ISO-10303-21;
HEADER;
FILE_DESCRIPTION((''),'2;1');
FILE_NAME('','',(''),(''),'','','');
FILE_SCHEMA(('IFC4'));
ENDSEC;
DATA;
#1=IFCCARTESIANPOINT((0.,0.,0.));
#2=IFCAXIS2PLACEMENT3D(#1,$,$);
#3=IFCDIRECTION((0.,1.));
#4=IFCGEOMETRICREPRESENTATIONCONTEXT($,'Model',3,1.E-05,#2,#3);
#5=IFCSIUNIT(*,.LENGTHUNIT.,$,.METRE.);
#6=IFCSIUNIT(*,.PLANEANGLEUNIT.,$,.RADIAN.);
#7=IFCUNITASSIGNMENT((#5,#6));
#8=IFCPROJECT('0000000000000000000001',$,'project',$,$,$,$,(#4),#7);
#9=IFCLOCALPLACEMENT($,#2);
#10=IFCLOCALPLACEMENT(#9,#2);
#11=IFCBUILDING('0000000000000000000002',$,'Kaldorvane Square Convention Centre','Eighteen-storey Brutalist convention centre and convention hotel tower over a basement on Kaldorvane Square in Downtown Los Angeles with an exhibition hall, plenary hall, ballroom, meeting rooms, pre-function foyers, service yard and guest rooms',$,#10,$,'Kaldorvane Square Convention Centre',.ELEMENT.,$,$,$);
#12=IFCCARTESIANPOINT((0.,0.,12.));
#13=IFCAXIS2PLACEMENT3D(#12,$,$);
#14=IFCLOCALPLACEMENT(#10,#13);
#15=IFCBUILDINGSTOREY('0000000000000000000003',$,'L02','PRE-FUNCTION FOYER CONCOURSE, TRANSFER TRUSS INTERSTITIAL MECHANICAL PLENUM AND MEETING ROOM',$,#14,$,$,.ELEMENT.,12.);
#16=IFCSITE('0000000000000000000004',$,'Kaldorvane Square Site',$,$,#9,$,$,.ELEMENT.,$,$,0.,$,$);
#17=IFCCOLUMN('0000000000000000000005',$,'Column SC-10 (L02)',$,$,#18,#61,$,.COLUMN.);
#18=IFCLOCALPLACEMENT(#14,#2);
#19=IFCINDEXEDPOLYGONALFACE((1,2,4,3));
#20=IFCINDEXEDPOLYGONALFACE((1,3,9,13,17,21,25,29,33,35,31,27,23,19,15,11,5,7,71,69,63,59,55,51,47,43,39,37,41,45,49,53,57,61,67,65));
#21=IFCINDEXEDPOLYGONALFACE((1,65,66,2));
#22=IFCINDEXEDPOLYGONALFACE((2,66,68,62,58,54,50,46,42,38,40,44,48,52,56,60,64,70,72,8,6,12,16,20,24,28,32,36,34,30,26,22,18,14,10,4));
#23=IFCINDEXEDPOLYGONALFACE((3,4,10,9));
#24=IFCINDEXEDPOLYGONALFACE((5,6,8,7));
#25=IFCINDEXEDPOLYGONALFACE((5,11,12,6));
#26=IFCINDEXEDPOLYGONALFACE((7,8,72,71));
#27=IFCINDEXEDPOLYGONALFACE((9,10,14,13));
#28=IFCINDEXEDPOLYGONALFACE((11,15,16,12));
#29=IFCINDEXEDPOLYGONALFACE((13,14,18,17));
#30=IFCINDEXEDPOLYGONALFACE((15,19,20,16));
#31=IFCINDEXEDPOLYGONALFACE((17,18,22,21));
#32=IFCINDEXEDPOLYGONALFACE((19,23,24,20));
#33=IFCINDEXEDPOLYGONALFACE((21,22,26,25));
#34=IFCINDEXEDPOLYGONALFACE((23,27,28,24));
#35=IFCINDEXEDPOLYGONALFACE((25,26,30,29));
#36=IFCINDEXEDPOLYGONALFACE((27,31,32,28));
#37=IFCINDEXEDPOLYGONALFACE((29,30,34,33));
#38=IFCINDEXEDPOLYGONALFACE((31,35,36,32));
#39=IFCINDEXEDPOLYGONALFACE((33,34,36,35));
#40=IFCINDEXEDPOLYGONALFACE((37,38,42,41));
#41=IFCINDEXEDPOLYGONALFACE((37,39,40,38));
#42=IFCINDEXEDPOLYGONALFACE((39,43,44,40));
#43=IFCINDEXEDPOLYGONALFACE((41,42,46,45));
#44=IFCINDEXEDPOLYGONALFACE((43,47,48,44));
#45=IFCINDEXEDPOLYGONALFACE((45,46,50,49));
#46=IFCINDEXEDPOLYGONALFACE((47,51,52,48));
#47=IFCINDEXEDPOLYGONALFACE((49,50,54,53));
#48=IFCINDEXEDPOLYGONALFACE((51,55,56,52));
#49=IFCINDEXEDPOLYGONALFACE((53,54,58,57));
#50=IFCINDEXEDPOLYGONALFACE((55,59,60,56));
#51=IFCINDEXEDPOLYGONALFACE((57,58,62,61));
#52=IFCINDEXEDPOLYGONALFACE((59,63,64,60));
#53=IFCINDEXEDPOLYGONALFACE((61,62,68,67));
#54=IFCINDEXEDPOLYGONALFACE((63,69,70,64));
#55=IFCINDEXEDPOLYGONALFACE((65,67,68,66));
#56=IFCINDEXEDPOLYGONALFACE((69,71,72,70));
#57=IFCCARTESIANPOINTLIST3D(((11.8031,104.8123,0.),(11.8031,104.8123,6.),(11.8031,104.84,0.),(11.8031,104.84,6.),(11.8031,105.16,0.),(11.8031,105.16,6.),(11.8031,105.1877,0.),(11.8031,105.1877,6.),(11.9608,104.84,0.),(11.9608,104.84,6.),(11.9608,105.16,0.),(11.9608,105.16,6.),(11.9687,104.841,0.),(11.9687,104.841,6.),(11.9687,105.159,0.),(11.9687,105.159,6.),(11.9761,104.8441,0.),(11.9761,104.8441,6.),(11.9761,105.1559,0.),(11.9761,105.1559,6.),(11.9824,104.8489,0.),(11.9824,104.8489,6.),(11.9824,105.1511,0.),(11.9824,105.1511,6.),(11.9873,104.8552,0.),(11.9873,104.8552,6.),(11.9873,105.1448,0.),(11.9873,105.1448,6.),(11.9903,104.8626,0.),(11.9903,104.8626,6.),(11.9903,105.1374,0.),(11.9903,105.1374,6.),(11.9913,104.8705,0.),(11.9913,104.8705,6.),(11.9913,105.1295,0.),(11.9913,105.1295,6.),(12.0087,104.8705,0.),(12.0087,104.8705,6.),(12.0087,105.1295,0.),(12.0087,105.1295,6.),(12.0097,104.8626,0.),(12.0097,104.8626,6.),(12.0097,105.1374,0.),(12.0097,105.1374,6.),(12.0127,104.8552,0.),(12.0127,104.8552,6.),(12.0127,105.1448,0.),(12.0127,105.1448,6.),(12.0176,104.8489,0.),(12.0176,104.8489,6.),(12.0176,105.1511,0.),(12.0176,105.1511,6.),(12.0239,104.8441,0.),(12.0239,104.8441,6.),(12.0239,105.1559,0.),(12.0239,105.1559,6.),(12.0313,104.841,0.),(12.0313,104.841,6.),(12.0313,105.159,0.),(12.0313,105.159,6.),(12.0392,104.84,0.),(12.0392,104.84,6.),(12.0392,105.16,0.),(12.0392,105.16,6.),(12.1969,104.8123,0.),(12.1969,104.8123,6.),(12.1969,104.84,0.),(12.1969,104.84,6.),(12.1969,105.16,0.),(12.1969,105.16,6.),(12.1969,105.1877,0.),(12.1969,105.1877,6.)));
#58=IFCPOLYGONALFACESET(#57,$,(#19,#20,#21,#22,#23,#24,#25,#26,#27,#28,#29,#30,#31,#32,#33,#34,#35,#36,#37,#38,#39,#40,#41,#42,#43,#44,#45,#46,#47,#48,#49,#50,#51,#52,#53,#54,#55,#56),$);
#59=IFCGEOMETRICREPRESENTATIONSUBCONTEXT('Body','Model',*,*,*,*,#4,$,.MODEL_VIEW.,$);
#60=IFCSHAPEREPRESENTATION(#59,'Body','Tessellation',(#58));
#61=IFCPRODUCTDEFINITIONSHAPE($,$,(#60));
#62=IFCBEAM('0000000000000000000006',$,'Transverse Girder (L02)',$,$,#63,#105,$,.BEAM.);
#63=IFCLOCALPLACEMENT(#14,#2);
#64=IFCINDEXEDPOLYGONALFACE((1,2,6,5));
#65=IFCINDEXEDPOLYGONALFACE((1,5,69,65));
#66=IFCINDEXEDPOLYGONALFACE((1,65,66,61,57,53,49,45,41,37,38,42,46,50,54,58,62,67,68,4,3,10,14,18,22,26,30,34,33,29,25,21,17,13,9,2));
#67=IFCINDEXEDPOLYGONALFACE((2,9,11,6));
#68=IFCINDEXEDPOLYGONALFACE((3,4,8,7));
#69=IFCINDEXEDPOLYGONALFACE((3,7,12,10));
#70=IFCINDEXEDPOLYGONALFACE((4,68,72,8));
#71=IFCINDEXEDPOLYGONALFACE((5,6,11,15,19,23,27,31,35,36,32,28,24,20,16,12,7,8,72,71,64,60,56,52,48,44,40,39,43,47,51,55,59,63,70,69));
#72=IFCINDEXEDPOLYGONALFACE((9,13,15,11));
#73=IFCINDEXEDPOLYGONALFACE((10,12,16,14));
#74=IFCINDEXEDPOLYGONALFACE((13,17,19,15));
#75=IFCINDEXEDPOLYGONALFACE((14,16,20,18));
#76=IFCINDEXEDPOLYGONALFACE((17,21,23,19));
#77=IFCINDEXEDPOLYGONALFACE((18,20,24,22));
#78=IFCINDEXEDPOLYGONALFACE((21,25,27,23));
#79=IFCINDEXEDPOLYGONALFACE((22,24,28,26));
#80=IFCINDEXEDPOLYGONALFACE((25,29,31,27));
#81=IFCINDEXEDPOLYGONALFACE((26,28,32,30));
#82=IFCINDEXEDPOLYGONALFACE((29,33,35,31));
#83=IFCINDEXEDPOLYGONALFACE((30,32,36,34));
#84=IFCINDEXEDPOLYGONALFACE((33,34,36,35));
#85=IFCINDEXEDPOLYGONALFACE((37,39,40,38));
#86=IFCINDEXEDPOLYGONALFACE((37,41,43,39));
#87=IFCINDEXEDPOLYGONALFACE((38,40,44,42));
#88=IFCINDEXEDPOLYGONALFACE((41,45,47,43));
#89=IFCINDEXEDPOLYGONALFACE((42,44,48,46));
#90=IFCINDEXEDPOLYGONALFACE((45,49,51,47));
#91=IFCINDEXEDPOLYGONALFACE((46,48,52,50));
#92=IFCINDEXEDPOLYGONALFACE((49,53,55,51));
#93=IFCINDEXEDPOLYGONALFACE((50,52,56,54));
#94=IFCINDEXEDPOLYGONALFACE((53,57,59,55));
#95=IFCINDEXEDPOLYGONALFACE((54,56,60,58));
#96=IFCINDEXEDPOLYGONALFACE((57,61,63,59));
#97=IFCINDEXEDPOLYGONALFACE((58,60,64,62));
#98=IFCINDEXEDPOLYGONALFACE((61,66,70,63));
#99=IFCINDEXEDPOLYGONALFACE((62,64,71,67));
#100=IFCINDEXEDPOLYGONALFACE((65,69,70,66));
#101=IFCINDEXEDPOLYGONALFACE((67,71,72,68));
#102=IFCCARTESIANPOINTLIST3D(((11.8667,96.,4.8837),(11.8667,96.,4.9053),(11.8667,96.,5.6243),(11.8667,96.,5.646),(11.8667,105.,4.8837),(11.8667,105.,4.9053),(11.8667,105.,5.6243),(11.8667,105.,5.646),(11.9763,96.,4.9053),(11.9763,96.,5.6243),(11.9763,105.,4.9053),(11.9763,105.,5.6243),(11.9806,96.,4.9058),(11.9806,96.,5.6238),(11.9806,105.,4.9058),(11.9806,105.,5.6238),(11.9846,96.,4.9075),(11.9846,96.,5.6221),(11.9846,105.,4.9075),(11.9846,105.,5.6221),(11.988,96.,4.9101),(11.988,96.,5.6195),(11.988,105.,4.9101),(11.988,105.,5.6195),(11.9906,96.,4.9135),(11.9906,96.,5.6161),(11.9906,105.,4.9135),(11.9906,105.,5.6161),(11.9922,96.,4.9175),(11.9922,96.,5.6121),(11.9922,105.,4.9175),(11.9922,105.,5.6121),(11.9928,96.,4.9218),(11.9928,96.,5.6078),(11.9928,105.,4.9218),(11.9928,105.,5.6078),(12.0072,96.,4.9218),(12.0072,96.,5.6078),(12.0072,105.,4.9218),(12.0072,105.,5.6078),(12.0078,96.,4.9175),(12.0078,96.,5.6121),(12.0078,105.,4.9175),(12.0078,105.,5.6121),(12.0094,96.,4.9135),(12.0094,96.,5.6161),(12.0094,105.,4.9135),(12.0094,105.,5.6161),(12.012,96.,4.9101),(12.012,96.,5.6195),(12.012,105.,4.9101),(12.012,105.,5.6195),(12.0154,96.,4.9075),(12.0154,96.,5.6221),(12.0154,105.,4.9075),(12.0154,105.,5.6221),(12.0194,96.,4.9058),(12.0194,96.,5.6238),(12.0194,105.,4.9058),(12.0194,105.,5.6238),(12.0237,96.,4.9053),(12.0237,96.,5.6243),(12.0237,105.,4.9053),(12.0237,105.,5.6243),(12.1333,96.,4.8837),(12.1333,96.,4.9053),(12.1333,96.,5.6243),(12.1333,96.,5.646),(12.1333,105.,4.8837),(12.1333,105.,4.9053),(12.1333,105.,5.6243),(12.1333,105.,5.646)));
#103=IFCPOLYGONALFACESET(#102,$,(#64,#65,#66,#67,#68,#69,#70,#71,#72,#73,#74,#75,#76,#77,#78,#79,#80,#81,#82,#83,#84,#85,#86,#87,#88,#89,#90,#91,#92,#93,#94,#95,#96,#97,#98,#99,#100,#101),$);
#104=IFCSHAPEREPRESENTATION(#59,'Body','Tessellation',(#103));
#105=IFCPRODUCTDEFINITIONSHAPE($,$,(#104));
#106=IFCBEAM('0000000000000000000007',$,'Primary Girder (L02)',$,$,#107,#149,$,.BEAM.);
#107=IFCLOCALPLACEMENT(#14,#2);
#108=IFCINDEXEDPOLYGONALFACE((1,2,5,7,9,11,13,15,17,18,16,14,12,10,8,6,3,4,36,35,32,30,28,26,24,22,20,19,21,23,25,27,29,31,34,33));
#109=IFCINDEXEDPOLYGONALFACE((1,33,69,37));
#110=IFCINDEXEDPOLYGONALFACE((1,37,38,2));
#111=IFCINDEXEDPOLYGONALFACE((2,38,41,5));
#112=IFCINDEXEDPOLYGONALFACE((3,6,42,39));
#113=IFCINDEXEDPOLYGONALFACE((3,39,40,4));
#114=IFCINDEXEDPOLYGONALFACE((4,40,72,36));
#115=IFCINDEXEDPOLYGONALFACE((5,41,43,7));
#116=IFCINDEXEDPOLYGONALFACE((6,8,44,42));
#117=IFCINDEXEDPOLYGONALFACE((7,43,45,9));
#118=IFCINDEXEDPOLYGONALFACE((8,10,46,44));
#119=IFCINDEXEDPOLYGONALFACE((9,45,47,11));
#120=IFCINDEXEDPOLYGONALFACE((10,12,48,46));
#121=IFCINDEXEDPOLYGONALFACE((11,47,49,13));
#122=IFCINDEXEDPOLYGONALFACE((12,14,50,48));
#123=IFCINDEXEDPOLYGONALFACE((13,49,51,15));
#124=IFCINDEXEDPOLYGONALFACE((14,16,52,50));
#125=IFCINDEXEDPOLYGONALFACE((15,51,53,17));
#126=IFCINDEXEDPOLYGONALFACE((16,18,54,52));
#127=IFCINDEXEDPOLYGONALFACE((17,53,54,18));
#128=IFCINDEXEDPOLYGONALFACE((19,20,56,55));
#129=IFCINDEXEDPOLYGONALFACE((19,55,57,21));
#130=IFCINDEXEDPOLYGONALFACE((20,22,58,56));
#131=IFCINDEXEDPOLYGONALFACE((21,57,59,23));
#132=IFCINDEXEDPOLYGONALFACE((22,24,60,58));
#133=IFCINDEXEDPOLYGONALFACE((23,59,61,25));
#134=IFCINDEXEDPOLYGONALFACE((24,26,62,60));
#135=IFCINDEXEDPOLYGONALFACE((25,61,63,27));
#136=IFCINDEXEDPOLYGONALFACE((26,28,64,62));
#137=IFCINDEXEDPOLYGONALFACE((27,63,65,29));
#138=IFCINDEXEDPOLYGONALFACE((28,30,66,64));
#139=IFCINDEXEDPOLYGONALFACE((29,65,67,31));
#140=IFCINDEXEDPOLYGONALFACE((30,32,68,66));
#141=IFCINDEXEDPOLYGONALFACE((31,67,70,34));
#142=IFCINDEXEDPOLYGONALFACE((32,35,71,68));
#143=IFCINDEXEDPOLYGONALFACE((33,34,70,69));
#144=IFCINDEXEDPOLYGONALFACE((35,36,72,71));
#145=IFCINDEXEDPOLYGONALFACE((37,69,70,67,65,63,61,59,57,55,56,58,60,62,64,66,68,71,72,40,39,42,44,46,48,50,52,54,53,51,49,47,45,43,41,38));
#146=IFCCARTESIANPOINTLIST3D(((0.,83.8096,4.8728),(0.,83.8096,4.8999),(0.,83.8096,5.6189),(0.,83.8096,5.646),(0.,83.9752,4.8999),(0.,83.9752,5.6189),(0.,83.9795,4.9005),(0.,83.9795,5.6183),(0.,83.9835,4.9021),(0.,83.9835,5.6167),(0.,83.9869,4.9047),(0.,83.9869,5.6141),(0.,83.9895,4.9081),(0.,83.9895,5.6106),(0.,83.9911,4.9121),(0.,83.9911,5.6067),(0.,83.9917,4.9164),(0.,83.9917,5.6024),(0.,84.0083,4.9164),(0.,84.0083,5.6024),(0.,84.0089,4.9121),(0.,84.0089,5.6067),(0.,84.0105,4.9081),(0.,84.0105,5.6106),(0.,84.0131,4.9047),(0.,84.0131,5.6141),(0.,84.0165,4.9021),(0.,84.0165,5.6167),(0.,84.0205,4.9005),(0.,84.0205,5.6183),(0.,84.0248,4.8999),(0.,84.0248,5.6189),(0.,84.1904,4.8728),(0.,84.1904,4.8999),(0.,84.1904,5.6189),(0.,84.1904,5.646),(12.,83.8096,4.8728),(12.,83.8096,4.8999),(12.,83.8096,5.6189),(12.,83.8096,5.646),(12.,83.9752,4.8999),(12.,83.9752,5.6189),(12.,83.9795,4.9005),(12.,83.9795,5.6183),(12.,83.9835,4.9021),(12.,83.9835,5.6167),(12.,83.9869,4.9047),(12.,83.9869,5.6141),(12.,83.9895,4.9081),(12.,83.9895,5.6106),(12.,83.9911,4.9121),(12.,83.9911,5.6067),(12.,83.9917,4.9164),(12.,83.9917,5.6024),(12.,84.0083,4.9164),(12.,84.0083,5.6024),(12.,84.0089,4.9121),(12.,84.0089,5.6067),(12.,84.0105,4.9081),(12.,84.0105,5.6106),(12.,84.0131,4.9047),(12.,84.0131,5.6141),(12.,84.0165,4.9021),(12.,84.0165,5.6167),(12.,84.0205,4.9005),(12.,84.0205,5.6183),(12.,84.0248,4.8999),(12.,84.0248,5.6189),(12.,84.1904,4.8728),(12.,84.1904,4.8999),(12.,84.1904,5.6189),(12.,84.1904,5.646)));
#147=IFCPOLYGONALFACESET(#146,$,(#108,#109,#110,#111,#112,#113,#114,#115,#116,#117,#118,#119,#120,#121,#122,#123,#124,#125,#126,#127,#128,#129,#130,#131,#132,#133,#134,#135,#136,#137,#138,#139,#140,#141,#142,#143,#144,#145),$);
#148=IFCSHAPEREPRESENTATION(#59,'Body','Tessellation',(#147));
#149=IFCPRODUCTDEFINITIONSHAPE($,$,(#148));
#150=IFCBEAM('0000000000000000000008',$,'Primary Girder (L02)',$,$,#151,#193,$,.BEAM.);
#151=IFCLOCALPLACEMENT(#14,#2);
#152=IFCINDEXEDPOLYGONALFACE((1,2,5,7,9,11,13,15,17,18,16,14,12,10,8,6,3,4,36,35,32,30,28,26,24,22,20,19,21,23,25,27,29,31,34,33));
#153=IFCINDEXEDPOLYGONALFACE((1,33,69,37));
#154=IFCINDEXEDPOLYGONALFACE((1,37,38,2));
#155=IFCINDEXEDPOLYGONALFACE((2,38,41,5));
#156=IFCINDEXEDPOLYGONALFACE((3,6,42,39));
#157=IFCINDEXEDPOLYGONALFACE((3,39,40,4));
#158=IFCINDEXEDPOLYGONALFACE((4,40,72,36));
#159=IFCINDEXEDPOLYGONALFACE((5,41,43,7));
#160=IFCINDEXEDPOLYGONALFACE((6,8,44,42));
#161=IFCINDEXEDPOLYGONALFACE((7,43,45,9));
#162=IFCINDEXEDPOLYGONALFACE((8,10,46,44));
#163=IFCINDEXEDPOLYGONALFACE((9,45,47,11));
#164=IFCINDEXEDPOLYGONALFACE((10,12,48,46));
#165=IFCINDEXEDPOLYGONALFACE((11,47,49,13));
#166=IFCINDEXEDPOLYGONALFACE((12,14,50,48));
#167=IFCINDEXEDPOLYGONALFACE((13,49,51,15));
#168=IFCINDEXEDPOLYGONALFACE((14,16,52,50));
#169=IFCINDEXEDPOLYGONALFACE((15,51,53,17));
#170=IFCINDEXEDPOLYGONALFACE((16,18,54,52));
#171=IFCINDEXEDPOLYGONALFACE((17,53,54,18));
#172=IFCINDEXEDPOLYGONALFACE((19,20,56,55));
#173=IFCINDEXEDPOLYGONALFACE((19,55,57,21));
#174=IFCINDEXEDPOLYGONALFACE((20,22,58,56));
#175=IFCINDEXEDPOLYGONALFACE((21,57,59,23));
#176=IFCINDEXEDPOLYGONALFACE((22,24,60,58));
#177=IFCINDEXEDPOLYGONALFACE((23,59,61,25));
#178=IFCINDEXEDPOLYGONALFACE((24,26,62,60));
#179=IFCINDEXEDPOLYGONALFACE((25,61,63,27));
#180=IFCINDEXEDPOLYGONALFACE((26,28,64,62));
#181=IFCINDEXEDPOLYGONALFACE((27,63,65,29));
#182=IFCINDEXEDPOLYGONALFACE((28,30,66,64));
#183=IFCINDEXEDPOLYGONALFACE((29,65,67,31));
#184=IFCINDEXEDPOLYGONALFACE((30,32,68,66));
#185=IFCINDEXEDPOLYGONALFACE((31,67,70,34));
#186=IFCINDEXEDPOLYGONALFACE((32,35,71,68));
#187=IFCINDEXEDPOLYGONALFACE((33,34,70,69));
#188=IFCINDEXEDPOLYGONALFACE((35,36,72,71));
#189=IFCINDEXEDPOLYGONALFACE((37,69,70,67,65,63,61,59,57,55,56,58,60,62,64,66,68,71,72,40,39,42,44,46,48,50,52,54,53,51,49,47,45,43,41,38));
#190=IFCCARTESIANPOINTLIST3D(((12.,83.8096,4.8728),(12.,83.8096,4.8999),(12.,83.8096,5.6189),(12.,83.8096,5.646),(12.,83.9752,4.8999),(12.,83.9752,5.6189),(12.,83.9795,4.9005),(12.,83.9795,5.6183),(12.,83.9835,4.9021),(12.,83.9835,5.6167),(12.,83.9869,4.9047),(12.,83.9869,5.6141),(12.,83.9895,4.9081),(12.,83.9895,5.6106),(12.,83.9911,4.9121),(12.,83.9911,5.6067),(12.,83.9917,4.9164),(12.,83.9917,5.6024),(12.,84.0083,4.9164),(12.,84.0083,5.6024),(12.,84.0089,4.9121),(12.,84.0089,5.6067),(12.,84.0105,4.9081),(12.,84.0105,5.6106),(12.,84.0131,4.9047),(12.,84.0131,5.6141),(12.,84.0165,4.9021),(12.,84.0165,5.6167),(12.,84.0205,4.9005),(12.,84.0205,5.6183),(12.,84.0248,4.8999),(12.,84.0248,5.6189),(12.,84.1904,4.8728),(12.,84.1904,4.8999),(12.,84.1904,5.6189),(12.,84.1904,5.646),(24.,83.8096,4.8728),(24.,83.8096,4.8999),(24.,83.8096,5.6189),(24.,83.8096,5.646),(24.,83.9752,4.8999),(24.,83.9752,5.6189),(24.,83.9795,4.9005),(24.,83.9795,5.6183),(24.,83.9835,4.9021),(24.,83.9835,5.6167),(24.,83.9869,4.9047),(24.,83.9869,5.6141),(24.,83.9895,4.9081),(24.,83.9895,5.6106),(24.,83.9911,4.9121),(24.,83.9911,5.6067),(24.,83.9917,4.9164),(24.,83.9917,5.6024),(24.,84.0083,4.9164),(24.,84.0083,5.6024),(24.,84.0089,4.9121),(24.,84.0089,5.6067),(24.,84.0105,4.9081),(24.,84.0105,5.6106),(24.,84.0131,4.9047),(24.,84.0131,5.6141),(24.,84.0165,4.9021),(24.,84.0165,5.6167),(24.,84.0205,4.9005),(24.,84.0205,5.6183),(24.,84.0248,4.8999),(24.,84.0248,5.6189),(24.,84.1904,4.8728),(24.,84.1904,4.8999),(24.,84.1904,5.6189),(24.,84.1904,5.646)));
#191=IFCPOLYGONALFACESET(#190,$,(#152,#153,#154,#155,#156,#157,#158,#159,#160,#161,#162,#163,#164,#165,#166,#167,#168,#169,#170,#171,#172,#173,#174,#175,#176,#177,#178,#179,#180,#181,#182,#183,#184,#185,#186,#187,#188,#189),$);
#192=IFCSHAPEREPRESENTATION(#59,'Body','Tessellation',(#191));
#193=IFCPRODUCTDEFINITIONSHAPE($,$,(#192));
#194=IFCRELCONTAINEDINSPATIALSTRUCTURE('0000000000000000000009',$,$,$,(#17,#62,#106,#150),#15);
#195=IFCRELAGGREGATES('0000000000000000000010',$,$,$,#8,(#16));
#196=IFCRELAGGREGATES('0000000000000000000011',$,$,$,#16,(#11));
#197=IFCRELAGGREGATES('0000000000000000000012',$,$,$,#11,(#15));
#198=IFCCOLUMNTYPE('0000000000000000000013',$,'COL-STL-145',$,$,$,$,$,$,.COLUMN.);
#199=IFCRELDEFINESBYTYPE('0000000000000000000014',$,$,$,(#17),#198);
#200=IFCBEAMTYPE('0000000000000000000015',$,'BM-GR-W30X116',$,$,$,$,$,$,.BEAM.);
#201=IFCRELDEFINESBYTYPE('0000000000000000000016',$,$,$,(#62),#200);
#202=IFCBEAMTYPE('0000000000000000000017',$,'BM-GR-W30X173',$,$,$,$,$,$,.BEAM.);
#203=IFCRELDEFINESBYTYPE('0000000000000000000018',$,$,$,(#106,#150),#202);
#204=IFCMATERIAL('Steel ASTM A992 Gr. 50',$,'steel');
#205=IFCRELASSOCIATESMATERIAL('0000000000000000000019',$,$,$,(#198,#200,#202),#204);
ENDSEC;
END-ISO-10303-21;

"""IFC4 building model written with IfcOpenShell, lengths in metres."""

from ifc_helpers import new_model, si_unit, direction, frame, origin, origin_2d, place, context, subcontext, project, spatial, i_section, extrude, material, material_profile, profile_set, type_object, element, save


model = new_model("IFC4")

# Units and contexts
model_context = context("Model", 3, precision=1e-05, world=origin(), true_north=direction((0.0, 1.0)))
body_context = subcontext(model_context, "Body", "Model", "MODEL_VIEW")
ifc_project = project(units=[si_unit("LENGTHUNIT", "METRE"), si_unit("PLANEANGLEUNIT", "RADIAN")], contexts=[model_context])

# Site, building, storey
site_placement = place(None, origin())
site = spatial("IfcSite", under=ifc_project, at=site_placement, Name="Kaldorvane Square Site", CompositionType="ELEMENT", RefElevation=0.0)
building_placement = place(site_placement, origin())
building = spatial("IfcBuilding", under=site, at=building_placement, Name="Kaldorvane Square Convention Centre", Description="Eighteen-storey Brutalist convention centre and convention hotel tower over a basement on Kaldorvane Square in Downtown Los Angeles with an exhibition hall, plenary hall, ballroom, meeting rooms, pre-function foyers, service yard and guest rooms", LongName="Kaldorvane Square Convention Centre", CompositionType="ELEMENT")
storey_placement = place(building_placement, frame((0.0, 0.0, 12.0)))
storey = spatial("IfcBuildingStorey", under=building, at=storey_placement, Name="L02", Description="PRE-FUNCTION FOYER CONCOURSE, TRANSFER TRUSS INTERSTITIAL MECHANICAL PLENUM AND MEETING ROOM", CompositionType="ELEMENT", Elevation=12.0)

# Column
ifc_material_1 = material(Name="Steel ASTM A992 Gr. 50", Category="steel")
ifc_material_profile_1 = material_profile(ifc_material_1, i_section(OverallWidth=0.3937, OverallDepth=0.3754, WebThickness=0.0173, FlangeThickness=0.0277, FilletRadius=0.0305, at=origin_2d()), Name="W14X145")
ifc_profile_set_1 = profile_set([ifc_material_profile_1], Name="Steel ASTM A992 Gr. 50")
column_type_1 = type_object("IfcColumnType", Name="COL-STL-145", PredefinedType="COLUMN", material=ifc_profile_set_1)
for number, where, z_axis, x_axis, name in (
    (1, (12.0, 105.0, 0.0), (0.0, 0.0, 1.0), (1.0, 0.0, 0.0), "Column SC-10 (L02)"),
):
    element("IfcColumn", number, at=place(storey_placement, frame(where, z_axis=z_axis, x_axis=x_axis)), inside=storey, type_object=column_type_1, Name=name, PredefinedType="COLUMN", context=body_context, shape_type="SweptSolid", body=[
        extrude(i_section(OverallWidth=0.3937, OverallDepth=0.3754, WebThickness=0.0173, FlangeThickness=0.0277, FilletRadius=0.0305, at=origin_2d()), origin(), (0.0, 0.0, 1.0), 6.0),
    ])

# Beams
ifc_material_profile_2 = material_profile(ifc_material_1, i_section(OverallWidth=0.2666, OverallDepth=0.7623, WebThickness=0.0144, FlangeThickness=0.0216, FilletRadius=0.0165, at=origin_2d()), Name="W30X116")
ifc_profile_set_2 = profile_set([ifc_material_profile_2], Name="Steel ASTM A992 Gr. 50")
beam_type_1 = type_object("IfcBeamType", Name="BM-GR-W30X116", PredefinedType="BEAM", material=ifc_profile_set_2)
beam_1_placement = place(storey_placement, frame((12.0, 96.0, 5.2648), z_axis=(0.0, 1.0, 0.0), x_axis=(-1.0, 0.0, 0.0)))
element("IfcBeam", 2, at=beam_1_placement, inside=storey, type_object=beam_type_1, Name="Transverse Girder (L02)", PredefinedType="BEAM", context=body_context, shape_type="SweptSolid", body=[
    extrude(i_section(OverallWidth=0.2666, OverallDepth=0.7623, WebThickness=0.0144, FlangeThickness=0.0216, FilletRadius=0.0165, at=origin_2d()), origin(), (0.0, 0.0, 1.0), 9.0),
])
ifc_material_profile_3 = material_profile(ifc_material_1, i_section(OverallWidth=0.3807, OverallDepth=0.7732, WebThickness=0.0166, FlangeThickness=0.0271, FilletRadius=0.0165, at=origin_2d()), Name="W30X173")
ifc_profile_set_3 = profile_set([ifc_material_profile_3], Name="Steel ASTM A992 Gr. 50")
beam_type_2 = type_object("IfcBeamType", Name="BM-GR-W30X173", PredefinedType="BEAM", material=ifc_profile_set_3)
for number, where, z_axis, x_axis, name in (
    (3, (0.0, 84.0, 5.2594), (1.0, 0.0, 0.0), (0.0, 1.0, 0.0), "Primary Girder (L02)"),
    (4, (12.0, 84.0, 5.2594), (1.0, 0.0, 0.0), (0.0, 1.0, 0.0), "Primary Girder (L02)"),
):
    element("IfcBeam", number, at=place(storey_placement, frame(where, z_axis=z_axis, x_axis=x_axis)), inside=storey, type_object=beam_type_2, Name=name, PredefinedType="BEAM", context=body_context, shape_type="SweptSolid", body=[
        extrude(i_section(OverallWidth=0.3807, OverallDepth=0.7732, WebThickness=0.0166, FlangeThickness=0.0271, FilletRadius=0.0165, at=origin_2d()), origin(), (0.0, 0.0, 1.0), 12.0),
    ])

save(model, "model.ifc")
